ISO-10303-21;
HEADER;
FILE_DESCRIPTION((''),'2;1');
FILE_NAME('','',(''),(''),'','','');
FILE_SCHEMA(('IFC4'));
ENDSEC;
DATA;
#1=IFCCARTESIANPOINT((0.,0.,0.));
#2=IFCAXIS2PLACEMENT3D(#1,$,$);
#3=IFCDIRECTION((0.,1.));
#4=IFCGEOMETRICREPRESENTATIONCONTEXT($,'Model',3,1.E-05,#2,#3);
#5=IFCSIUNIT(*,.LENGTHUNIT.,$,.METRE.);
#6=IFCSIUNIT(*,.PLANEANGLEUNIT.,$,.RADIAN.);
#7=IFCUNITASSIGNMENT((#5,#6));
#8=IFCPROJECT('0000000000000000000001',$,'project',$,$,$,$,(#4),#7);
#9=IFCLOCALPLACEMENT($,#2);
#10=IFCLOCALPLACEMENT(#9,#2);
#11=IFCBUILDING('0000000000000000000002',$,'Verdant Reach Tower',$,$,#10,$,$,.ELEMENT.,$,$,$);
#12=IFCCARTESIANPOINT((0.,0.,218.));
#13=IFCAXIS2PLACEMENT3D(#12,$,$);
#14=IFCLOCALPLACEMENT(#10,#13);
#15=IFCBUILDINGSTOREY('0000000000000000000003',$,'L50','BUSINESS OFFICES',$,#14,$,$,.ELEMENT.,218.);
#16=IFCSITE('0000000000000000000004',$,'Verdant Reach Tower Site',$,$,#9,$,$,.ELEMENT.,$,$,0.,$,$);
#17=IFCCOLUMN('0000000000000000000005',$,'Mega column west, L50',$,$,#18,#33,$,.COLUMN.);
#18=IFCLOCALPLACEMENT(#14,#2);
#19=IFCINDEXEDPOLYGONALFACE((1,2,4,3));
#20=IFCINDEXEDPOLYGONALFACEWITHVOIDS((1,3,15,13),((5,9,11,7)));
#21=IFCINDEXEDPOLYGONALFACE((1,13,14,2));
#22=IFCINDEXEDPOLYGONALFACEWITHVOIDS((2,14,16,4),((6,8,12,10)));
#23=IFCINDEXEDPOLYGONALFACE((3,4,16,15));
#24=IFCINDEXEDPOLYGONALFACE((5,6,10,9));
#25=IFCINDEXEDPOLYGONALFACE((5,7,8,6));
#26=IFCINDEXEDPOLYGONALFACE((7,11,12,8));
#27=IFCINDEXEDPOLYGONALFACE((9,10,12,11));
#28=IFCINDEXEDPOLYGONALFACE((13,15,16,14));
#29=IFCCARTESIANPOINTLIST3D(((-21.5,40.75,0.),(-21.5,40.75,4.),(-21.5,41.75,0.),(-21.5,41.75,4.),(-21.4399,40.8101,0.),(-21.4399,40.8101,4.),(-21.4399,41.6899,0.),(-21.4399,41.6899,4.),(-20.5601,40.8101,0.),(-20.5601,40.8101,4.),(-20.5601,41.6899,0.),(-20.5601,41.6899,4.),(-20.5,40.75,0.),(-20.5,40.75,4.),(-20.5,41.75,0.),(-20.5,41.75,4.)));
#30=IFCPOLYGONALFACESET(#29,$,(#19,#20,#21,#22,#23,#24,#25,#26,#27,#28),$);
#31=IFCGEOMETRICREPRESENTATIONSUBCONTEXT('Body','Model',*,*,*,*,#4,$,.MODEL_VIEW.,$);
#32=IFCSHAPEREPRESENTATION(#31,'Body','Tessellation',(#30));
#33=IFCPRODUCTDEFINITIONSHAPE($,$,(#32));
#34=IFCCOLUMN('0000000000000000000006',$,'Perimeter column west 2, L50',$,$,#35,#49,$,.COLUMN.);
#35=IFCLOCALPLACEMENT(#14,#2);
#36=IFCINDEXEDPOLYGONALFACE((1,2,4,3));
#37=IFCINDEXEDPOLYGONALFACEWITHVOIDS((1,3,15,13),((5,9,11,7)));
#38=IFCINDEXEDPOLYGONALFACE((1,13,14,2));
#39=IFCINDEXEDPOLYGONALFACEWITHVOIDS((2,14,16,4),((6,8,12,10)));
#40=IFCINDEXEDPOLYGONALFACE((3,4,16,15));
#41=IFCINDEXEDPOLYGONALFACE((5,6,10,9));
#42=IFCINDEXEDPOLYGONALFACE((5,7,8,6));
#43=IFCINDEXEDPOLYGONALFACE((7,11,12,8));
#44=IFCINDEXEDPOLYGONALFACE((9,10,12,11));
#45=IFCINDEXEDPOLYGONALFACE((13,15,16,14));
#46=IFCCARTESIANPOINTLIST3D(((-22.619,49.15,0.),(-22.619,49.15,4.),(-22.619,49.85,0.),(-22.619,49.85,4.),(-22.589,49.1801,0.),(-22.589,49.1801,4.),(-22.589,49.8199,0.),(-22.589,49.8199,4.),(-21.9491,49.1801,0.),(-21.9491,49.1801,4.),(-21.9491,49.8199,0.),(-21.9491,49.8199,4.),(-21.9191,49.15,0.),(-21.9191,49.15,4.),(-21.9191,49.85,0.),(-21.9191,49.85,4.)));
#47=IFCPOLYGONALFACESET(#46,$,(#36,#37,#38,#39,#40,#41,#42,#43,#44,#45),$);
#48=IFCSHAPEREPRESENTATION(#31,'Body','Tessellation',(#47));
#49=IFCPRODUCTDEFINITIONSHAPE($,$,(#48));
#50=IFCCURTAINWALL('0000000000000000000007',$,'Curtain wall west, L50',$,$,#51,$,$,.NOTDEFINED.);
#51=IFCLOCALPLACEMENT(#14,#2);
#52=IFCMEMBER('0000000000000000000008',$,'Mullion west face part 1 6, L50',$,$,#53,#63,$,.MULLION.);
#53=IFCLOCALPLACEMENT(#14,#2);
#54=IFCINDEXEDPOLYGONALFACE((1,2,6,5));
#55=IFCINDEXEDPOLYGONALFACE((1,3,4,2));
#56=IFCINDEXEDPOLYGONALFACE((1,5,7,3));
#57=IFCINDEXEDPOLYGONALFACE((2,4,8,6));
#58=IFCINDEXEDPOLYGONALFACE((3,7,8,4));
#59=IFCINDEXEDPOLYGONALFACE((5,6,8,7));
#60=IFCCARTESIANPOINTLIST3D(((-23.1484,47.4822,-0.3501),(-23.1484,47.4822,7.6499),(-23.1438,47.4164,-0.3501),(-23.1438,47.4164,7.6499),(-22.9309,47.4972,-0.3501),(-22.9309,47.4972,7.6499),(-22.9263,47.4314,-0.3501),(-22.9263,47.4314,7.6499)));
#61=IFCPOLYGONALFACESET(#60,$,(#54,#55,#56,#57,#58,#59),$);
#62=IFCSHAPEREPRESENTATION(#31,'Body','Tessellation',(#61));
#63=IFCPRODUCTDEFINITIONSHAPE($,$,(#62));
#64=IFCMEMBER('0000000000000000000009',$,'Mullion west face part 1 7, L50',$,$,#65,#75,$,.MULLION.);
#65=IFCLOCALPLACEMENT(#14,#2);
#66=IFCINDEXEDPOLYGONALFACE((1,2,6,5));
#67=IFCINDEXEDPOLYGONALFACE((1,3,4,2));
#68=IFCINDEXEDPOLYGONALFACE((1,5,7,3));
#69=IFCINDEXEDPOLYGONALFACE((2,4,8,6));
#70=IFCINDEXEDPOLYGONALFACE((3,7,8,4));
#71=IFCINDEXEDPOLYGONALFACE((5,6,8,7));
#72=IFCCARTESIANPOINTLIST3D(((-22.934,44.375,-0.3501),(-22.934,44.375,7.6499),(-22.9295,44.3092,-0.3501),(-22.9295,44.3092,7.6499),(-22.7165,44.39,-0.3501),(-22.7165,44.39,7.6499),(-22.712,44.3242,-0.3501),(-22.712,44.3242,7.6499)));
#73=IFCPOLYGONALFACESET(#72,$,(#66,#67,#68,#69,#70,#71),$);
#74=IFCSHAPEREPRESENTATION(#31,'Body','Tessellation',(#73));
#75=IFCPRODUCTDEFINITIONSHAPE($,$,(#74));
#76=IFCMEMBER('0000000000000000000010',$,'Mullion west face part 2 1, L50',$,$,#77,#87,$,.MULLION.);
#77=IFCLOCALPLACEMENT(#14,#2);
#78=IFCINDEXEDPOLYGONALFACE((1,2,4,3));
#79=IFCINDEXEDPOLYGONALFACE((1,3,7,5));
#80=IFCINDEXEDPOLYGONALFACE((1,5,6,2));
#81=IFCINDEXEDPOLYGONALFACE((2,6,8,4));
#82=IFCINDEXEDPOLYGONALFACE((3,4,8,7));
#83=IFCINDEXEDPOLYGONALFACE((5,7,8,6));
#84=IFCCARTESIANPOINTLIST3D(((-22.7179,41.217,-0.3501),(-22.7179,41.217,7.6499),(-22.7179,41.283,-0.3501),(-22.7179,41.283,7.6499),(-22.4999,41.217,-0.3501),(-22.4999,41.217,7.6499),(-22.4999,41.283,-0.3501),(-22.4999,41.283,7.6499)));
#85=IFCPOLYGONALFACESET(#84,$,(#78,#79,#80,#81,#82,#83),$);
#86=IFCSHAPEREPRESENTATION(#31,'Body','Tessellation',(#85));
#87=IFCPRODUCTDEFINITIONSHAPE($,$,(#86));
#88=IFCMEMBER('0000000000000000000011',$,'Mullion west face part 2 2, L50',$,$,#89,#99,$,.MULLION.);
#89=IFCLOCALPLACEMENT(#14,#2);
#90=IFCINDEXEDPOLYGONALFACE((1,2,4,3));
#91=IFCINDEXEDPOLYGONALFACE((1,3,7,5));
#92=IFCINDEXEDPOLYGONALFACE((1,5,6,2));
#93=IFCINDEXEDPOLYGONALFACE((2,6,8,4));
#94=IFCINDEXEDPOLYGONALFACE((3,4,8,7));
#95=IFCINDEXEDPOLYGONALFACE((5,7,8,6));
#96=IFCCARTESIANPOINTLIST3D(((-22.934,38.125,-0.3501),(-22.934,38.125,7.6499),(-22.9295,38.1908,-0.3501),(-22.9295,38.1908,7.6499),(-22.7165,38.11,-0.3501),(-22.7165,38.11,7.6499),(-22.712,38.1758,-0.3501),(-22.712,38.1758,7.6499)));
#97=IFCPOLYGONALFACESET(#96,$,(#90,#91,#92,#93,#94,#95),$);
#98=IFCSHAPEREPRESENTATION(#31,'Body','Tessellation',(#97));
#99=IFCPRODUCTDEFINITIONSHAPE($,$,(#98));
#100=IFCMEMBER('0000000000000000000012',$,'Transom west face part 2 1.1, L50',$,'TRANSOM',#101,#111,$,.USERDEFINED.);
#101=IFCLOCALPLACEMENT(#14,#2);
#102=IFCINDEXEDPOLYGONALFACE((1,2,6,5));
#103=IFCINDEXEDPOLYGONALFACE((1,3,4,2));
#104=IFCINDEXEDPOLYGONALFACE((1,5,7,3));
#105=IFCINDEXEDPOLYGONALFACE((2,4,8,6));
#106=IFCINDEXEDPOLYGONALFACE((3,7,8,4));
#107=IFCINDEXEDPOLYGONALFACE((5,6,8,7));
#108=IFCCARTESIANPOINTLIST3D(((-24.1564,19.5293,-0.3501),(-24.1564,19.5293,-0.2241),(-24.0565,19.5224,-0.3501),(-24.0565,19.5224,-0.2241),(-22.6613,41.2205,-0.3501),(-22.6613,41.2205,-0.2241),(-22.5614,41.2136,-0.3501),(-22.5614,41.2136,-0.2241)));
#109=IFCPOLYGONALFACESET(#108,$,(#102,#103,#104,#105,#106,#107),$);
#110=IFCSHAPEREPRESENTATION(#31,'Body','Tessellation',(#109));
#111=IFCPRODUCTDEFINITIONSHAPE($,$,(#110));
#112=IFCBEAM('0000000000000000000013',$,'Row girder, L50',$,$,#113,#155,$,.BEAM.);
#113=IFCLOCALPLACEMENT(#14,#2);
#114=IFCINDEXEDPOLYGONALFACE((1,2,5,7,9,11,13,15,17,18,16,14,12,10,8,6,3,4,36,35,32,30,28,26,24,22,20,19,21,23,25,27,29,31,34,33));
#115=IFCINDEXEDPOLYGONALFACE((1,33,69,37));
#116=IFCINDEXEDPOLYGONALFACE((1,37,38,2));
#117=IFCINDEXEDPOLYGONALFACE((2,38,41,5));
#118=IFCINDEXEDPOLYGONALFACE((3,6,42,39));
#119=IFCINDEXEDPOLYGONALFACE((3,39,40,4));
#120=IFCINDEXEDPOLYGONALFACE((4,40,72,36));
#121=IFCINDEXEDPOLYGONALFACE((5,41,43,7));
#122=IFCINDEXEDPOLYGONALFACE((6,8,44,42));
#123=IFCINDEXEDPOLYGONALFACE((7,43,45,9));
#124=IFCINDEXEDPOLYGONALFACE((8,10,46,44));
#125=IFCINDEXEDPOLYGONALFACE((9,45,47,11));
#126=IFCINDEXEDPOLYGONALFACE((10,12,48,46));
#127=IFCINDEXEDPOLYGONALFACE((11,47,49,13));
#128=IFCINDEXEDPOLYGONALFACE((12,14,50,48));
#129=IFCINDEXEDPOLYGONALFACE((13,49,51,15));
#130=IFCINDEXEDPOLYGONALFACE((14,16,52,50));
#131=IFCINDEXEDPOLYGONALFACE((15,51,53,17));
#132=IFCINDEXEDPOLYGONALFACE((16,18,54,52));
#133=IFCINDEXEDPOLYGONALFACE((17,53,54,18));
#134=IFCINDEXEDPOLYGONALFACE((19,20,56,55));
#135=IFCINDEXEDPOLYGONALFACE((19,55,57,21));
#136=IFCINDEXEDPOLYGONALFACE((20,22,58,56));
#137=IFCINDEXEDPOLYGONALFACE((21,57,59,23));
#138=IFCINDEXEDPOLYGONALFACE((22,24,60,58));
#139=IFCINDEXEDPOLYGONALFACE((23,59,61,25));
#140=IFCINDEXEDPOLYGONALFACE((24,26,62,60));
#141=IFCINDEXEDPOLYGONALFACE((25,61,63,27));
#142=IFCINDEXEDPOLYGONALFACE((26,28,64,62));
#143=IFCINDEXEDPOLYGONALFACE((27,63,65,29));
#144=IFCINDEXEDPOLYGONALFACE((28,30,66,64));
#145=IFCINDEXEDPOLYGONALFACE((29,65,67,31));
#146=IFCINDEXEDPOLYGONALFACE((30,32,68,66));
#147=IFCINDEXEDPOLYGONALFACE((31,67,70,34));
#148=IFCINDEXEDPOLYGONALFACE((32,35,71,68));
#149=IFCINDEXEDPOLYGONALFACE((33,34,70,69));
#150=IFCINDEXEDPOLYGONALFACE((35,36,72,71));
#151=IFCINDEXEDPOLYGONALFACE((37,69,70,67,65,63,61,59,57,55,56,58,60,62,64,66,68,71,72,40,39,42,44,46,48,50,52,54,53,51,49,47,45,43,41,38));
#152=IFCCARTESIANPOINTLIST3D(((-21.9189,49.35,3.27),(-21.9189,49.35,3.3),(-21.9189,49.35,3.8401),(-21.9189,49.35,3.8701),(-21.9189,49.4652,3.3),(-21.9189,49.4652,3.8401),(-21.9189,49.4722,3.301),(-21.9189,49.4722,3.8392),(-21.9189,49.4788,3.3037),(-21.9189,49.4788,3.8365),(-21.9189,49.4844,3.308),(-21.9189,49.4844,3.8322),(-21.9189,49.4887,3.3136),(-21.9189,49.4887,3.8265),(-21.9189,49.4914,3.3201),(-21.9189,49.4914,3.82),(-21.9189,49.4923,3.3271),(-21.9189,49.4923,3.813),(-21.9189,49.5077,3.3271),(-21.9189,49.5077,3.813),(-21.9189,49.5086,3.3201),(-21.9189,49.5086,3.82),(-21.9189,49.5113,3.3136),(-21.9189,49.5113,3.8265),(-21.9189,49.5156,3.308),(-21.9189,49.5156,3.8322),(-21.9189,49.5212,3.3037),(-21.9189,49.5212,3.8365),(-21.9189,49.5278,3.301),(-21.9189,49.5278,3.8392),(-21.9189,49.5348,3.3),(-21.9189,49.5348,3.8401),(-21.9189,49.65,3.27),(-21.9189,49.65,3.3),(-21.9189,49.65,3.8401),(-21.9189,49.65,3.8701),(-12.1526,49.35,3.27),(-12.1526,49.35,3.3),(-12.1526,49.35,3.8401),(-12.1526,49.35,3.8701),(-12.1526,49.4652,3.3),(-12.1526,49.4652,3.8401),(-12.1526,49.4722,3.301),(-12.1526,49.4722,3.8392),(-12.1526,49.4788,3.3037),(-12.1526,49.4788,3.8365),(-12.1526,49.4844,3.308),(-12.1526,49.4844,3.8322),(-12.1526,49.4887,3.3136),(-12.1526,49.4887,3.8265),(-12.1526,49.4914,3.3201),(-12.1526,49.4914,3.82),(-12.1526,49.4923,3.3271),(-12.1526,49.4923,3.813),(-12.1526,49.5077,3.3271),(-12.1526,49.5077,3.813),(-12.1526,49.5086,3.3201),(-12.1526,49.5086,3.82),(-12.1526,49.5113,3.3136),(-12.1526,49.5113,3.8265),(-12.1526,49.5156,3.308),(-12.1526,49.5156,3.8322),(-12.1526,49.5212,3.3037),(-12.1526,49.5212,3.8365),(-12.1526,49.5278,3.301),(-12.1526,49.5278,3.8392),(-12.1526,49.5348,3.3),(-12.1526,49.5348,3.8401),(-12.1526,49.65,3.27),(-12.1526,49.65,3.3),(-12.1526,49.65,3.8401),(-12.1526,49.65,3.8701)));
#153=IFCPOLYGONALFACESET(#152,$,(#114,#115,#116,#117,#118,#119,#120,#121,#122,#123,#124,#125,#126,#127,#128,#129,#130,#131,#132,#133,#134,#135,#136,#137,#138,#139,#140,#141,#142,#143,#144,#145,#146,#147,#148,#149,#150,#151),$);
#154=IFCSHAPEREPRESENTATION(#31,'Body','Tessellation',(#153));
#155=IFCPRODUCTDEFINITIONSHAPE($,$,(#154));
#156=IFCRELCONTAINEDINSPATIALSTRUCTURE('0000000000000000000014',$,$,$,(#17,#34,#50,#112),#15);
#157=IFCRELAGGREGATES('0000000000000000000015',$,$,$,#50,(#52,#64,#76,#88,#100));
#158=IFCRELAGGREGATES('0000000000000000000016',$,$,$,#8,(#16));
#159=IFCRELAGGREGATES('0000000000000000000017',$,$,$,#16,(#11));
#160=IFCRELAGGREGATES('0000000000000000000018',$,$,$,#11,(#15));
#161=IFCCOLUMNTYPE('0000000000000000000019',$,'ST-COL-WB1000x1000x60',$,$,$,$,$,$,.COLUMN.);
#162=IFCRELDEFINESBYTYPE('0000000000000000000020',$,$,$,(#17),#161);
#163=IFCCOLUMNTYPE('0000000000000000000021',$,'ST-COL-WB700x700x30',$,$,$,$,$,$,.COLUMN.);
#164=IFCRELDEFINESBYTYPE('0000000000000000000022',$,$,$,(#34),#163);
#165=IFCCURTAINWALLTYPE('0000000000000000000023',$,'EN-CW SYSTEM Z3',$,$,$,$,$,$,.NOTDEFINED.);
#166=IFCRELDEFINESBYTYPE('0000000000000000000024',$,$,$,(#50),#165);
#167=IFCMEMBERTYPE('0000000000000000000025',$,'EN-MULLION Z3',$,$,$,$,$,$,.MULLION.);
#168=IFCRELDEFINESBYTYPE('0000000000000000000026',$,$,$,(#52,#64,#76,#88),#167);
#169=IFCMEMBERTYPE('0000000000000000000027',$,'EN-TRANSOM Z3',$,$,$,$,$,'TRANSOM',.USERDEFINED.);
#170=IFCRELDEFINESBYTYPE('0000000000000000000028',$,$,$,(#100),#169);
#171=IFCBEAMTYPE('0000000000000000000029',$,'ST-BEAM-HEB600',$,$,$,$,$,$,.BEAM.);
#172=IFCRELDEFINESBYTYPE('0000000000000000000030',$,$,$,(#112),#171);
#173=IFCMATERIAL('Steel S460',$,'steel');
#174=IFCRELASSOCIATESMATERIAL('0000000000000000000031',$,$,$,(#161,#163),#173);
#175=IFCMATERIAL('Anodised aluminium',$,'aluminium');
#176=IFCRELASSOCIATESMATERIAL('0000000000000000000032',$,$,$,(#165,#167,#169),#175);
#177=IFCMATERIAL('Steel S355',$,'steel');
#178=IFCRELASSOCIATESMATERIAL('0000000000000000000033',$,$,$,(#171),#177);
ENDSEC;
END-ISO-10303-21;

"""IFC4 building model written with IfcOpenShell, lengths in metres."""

from ifc_helpers import new_model, si_unit, direction, frame, origin, origin_2d, place, context, subcontext, project, spatial, rectangle, hollow_rectangle, i_section, extrude, material, material_profile, profile_set, type_object, element, aggregate, save


model = new_model("IFC4")

# Units and contexts
model_context = context("Model", 3, precision=1e-05, world=origin(), true_north=direction((0.0, 1.0)))
body_context = subcontext(model_context, "Body", "Model", "MODEL_VIEW")
ifc_project = project(units=[si_unit("LENGTHUNIT", "METRE"), si_unit("PLANEANGLEUNIT", "RADIAN")], contexts=[model_context])

# Site, building, storey
site_placement = place(None, origin())
site = spatial("IfcSite", under=ifc_project, at=site_placement, Name="Verdant Reach Tower Site", CompositionType="ELEMENT", RefElevation=0.0)
building_placement = place(site_placement, origin())
building = spatial("IfcBuilding", under=site, at=building_placement, Name="Verdant Reach Tower", CompositionType="ELEMENT")
storey_placement = place(building_placement, frame((0.0, 0.0, 218.0)))
storey = spatial("IfcBuildingStorey", under=building, at=storey_placement, Name="L50", Description="BUSINESS OFFICES", CompositionType="ELEMENT", Elevation=218.0)

# Columns
ifc_material_1 = material(Name="Steel S460", Category="steel")
ifc_material_profile_1 = material_profile(ifc_material_1, hollow_rectangle(XDim=1.0, YDim=1.0, WallThickness=0.0601, at=origin_2d()), Name="WB 1000x1000x60")
ifc_profile_set_1 = profile_set([ifc_material_profile_1], Name="Steel S460")
column_type_1 = type_object("IfcColumnType", Name="ST-COL-WB1000x1000x60", PredefinedType="COLUMN", material=ifc_profile_set_1)
column_1_placement = place(storey_placement, frame((-21.0, 41.25, 0.0), z_axis=(0.0, 0.0, 1.0), x_axis=(1.0, 0.0, 0.0)))
element("IfcColumn", 1, at=column_1_placement, inside=storey, type_object=column_type_1, Name="Mega column west, L50", PredefinedType="COLUMN", context=body_context, shape_type="SweptSolid", body=[
    extrude(hollow_rectangle(XDim=1.0, YDim=1.0, WallThickness=0.0601, at=origin_2d()), origin(), (0.0, 0.0, 1.0), 4.0),
])
ifc_material_profile_2 = material_profile(ifc_material_1, hollow_rectangle(XDim=0.7, YDim=0.7, WallThickness=0.03, at=origin_2d()), Name="WB 700x700x30")
ifc_profile_set_2 = profile_set([ifc_material_profile_2], Name="Steel S460")
column_type_2 = type_object("IfcColumnType", Name="ST-COL-WB700x700x30", PredefinedType="COLUMN", material=ifc_profile_set_2)
column_2_placement = place(storey_placement, frame((-22.269, 49.5, 0.0), z_axis=(0.0, 0.0, 1.0), x_axis=(1.0, 0.0, 0.0)))
element("IfcColumn", 2, at=column_2_placement, inside=storey, type_object=column_type_2, Name="Perimeter column west 2, L50", PredefinedType="COLUMN", context=body_context, shape_type="SweptSolid", body=[
    extrude(hollow_rectangle(XDim=0.7, YDim=0.7, WallThickness=0.03, at=origin_2d()), origin(), (0.0, 0.0, 1.0), 4.0),
])

# Curtain wall, members
ifc_material_2 = material(Name="Anodised aluminium", Category="aluminium")
curtain_wall_type = type_object("IfcCurtainWallType", Name="EN-CW SYSTEM Z3", PredefinedType="NOTDEFINED", material=ifc_material_2)
curtain_wall_placement = place(storey_placement, origin())
curtain_wall = element("IfcCurtainWall", 3, at=curtain_wall_placement, inside=storey, type_object=curtain_wall_type, Name="Curtain wall west, L50", PredefinedType="NOTDEFINED")
ifc_material_profile_3 = material_profile(ifc_material_2, rectangle(XDim=0.218, YDim=0.0659, at=origin_2d()), Name="Mullion 66x218")
ifc_profile_set_3 = profile_set([ifc_material_profile_3], Name="Anodised aluminium")
member_type_1 = type_object("IfcMemberType", Name="EN-MULLION Z3", PredefinedType="MULLION", material=ifc_profile_set_3)
member_1_placement = place(storey_placement, frame((-23.0374, 47.4568, -0.3501), z_axis=(0.0, 0.0, 1.0), x_axis=(-0.99763, -0.068802, 0.0)))
member_1 = element("IfcMember", 4, at=member_1_placement, type_object=member_type_1, Name="Mullion west face part 1 6, L50", PredefinedType="MULLION", context=body_context, shape_type="SweptSolid", body=[
    extrude(rectangle(XDim=0.218, YDim=0.0659, at=origin_2d()), origin(), (0.0, 0.0, 1.0), 8.0),
])
member_2_placement = place(storey_placement, frame((-22.823, 44.3496, -0.3501), z_axis=(0.0, 0.0, 1.0), x_axis=(-0.99763, -0.068802, 0.0)))
member_2 = element("IfcMember", 5, at=member_2_placement, type_object=member_type_1, Name="Mullion west face part 1 7, L50", PredefinedType="MULLION", context=body_context, shape_type="SweptSolid", body=[
    extrude(rectangle(XDim=0.218, YDim=0.0659, at=origin_2d()), origin(), (0.0, 0.0, 1.0), 8.0),
])
member_3_placement = place(storey_placement, frame((-22.6089, 41.25, -0.3501), z_axis=(0.0, 0.0, 1.0), x_axis=(-1.0, 0.0, 0.0)))
member_3 = element("IfcMember", 6, at=member_3_placement, type_object=member_type_1, Name="Mullion west face part 2 1, L50", PredefinedType="MULLION", context=body_context, shape_type="SweptSolid", body=[
    extrude(rectangle(XDim=0.218, YDim=0.0659, at=origin_2d()), origin(), (0.0, 0.0, 1.0), 8.0),
])
member_4_placement = place(storey_placement, frame((-22.823, 38.1504, -0.3501), z_axis=(0.0, 0.0, 1.0), x_axis=(-0.99763, 0.068802, 0.0)))
member_4 = element("IfcMember", 7, at=member_4_placement, type_object=member_type_1, Name="Mullion west face part 2 2, L50", PredefinedType="MULLION", context=body_context, shape_type="SweptSolid", body=[
    extrude(rectangle(XDim=0.218, YDim=0.0659, at=origin_2d()), origin(), (0.0, 0.0, 1.0), 8.0),
])
ifc_material_profile_4 = material_profile(ifc_material_2, rectangle(XDim=0.1001, YDim=0.126, at=origin_2d()), Name="Transom 126x100")
ifc_profile_set_4 = profile_set([ifc_material_profile_4], Name="Anodised aluminium")
member_type_2 = type_object("IfcMemberType", Name="EN-TRANSOM Z3", ElementType="TRANSOM", PredefinedType="USERDEFINED", material=ifc_profile_set_4)
member_5_placement = place(storey_placement, frame((-22.6113, 41.217, -0.2871), z_axis=(-0.068764, -0.997633, 0.0), x_axis=(0.997633, -0.068764, 0.0)))
member_5 = element("IfcMember", 8, at=member_5_placement, type_object=member_type_2, Name="Transom west face part 2 1.1, L50", ObjectType="TRANSOM", PredefinedType="USERDEFINED", context=body_context, shape_type="SweptSolid", body=[
    extrude(rectangle(XDim=0.1001, YDim=0.126, at=origin_2d()), origin(), (0.0, 0.0, 1.0), 21.7427),
])

# Beam
ifc_material_3 = material(Name="Steel S355", Category="steel")
ifc_material_profile_5 = material_profile(ifc_material_3, i_section(OverallWidth=0.3, OverallDepth=0.6001, WebThickness=0.0154, FlangeThickness=0.03, FilletRadius=0.0271, at=origin_2d()), Name="HEB 600")
ifc_profile_set_5 = profile_set([ifc_material_profile_5], Name="Steel S355")
beam_type_1 = type_object("IfcBeamType", Name="ST-BEAM-HEB600", PredefinedType="BEAM", material=ifc_profile_set_5)
beam_1_placement = place(storey_placement, frame((-21.9189, 49.5, 3.5701), z_axis=(1.0, 0.0, 0.0), x_axis=(0.0, 1.0, 0.0)))
element("IfcBeam", 9, at=beam_1_placement, inside=storey, type_object=beam_type_1, Name="Row girder, L50", PredefinedType="BEAM", context=body_context, shape_type="SweptSolid", body=[
    extrude(i_section(OverallWidth=0.3, OverallDepth=0.6001, WebThickness=0.0154, FlangeThickness=0.03, FilletRadius=0.0271, at=origin_2d()), origin(), (0.0, 0.0, 1.0), 9.7664),
])

aggregate(curtain_wall, [member_1, member_2, member_3, member_4, member_5])

save(model, "model.ifc")
